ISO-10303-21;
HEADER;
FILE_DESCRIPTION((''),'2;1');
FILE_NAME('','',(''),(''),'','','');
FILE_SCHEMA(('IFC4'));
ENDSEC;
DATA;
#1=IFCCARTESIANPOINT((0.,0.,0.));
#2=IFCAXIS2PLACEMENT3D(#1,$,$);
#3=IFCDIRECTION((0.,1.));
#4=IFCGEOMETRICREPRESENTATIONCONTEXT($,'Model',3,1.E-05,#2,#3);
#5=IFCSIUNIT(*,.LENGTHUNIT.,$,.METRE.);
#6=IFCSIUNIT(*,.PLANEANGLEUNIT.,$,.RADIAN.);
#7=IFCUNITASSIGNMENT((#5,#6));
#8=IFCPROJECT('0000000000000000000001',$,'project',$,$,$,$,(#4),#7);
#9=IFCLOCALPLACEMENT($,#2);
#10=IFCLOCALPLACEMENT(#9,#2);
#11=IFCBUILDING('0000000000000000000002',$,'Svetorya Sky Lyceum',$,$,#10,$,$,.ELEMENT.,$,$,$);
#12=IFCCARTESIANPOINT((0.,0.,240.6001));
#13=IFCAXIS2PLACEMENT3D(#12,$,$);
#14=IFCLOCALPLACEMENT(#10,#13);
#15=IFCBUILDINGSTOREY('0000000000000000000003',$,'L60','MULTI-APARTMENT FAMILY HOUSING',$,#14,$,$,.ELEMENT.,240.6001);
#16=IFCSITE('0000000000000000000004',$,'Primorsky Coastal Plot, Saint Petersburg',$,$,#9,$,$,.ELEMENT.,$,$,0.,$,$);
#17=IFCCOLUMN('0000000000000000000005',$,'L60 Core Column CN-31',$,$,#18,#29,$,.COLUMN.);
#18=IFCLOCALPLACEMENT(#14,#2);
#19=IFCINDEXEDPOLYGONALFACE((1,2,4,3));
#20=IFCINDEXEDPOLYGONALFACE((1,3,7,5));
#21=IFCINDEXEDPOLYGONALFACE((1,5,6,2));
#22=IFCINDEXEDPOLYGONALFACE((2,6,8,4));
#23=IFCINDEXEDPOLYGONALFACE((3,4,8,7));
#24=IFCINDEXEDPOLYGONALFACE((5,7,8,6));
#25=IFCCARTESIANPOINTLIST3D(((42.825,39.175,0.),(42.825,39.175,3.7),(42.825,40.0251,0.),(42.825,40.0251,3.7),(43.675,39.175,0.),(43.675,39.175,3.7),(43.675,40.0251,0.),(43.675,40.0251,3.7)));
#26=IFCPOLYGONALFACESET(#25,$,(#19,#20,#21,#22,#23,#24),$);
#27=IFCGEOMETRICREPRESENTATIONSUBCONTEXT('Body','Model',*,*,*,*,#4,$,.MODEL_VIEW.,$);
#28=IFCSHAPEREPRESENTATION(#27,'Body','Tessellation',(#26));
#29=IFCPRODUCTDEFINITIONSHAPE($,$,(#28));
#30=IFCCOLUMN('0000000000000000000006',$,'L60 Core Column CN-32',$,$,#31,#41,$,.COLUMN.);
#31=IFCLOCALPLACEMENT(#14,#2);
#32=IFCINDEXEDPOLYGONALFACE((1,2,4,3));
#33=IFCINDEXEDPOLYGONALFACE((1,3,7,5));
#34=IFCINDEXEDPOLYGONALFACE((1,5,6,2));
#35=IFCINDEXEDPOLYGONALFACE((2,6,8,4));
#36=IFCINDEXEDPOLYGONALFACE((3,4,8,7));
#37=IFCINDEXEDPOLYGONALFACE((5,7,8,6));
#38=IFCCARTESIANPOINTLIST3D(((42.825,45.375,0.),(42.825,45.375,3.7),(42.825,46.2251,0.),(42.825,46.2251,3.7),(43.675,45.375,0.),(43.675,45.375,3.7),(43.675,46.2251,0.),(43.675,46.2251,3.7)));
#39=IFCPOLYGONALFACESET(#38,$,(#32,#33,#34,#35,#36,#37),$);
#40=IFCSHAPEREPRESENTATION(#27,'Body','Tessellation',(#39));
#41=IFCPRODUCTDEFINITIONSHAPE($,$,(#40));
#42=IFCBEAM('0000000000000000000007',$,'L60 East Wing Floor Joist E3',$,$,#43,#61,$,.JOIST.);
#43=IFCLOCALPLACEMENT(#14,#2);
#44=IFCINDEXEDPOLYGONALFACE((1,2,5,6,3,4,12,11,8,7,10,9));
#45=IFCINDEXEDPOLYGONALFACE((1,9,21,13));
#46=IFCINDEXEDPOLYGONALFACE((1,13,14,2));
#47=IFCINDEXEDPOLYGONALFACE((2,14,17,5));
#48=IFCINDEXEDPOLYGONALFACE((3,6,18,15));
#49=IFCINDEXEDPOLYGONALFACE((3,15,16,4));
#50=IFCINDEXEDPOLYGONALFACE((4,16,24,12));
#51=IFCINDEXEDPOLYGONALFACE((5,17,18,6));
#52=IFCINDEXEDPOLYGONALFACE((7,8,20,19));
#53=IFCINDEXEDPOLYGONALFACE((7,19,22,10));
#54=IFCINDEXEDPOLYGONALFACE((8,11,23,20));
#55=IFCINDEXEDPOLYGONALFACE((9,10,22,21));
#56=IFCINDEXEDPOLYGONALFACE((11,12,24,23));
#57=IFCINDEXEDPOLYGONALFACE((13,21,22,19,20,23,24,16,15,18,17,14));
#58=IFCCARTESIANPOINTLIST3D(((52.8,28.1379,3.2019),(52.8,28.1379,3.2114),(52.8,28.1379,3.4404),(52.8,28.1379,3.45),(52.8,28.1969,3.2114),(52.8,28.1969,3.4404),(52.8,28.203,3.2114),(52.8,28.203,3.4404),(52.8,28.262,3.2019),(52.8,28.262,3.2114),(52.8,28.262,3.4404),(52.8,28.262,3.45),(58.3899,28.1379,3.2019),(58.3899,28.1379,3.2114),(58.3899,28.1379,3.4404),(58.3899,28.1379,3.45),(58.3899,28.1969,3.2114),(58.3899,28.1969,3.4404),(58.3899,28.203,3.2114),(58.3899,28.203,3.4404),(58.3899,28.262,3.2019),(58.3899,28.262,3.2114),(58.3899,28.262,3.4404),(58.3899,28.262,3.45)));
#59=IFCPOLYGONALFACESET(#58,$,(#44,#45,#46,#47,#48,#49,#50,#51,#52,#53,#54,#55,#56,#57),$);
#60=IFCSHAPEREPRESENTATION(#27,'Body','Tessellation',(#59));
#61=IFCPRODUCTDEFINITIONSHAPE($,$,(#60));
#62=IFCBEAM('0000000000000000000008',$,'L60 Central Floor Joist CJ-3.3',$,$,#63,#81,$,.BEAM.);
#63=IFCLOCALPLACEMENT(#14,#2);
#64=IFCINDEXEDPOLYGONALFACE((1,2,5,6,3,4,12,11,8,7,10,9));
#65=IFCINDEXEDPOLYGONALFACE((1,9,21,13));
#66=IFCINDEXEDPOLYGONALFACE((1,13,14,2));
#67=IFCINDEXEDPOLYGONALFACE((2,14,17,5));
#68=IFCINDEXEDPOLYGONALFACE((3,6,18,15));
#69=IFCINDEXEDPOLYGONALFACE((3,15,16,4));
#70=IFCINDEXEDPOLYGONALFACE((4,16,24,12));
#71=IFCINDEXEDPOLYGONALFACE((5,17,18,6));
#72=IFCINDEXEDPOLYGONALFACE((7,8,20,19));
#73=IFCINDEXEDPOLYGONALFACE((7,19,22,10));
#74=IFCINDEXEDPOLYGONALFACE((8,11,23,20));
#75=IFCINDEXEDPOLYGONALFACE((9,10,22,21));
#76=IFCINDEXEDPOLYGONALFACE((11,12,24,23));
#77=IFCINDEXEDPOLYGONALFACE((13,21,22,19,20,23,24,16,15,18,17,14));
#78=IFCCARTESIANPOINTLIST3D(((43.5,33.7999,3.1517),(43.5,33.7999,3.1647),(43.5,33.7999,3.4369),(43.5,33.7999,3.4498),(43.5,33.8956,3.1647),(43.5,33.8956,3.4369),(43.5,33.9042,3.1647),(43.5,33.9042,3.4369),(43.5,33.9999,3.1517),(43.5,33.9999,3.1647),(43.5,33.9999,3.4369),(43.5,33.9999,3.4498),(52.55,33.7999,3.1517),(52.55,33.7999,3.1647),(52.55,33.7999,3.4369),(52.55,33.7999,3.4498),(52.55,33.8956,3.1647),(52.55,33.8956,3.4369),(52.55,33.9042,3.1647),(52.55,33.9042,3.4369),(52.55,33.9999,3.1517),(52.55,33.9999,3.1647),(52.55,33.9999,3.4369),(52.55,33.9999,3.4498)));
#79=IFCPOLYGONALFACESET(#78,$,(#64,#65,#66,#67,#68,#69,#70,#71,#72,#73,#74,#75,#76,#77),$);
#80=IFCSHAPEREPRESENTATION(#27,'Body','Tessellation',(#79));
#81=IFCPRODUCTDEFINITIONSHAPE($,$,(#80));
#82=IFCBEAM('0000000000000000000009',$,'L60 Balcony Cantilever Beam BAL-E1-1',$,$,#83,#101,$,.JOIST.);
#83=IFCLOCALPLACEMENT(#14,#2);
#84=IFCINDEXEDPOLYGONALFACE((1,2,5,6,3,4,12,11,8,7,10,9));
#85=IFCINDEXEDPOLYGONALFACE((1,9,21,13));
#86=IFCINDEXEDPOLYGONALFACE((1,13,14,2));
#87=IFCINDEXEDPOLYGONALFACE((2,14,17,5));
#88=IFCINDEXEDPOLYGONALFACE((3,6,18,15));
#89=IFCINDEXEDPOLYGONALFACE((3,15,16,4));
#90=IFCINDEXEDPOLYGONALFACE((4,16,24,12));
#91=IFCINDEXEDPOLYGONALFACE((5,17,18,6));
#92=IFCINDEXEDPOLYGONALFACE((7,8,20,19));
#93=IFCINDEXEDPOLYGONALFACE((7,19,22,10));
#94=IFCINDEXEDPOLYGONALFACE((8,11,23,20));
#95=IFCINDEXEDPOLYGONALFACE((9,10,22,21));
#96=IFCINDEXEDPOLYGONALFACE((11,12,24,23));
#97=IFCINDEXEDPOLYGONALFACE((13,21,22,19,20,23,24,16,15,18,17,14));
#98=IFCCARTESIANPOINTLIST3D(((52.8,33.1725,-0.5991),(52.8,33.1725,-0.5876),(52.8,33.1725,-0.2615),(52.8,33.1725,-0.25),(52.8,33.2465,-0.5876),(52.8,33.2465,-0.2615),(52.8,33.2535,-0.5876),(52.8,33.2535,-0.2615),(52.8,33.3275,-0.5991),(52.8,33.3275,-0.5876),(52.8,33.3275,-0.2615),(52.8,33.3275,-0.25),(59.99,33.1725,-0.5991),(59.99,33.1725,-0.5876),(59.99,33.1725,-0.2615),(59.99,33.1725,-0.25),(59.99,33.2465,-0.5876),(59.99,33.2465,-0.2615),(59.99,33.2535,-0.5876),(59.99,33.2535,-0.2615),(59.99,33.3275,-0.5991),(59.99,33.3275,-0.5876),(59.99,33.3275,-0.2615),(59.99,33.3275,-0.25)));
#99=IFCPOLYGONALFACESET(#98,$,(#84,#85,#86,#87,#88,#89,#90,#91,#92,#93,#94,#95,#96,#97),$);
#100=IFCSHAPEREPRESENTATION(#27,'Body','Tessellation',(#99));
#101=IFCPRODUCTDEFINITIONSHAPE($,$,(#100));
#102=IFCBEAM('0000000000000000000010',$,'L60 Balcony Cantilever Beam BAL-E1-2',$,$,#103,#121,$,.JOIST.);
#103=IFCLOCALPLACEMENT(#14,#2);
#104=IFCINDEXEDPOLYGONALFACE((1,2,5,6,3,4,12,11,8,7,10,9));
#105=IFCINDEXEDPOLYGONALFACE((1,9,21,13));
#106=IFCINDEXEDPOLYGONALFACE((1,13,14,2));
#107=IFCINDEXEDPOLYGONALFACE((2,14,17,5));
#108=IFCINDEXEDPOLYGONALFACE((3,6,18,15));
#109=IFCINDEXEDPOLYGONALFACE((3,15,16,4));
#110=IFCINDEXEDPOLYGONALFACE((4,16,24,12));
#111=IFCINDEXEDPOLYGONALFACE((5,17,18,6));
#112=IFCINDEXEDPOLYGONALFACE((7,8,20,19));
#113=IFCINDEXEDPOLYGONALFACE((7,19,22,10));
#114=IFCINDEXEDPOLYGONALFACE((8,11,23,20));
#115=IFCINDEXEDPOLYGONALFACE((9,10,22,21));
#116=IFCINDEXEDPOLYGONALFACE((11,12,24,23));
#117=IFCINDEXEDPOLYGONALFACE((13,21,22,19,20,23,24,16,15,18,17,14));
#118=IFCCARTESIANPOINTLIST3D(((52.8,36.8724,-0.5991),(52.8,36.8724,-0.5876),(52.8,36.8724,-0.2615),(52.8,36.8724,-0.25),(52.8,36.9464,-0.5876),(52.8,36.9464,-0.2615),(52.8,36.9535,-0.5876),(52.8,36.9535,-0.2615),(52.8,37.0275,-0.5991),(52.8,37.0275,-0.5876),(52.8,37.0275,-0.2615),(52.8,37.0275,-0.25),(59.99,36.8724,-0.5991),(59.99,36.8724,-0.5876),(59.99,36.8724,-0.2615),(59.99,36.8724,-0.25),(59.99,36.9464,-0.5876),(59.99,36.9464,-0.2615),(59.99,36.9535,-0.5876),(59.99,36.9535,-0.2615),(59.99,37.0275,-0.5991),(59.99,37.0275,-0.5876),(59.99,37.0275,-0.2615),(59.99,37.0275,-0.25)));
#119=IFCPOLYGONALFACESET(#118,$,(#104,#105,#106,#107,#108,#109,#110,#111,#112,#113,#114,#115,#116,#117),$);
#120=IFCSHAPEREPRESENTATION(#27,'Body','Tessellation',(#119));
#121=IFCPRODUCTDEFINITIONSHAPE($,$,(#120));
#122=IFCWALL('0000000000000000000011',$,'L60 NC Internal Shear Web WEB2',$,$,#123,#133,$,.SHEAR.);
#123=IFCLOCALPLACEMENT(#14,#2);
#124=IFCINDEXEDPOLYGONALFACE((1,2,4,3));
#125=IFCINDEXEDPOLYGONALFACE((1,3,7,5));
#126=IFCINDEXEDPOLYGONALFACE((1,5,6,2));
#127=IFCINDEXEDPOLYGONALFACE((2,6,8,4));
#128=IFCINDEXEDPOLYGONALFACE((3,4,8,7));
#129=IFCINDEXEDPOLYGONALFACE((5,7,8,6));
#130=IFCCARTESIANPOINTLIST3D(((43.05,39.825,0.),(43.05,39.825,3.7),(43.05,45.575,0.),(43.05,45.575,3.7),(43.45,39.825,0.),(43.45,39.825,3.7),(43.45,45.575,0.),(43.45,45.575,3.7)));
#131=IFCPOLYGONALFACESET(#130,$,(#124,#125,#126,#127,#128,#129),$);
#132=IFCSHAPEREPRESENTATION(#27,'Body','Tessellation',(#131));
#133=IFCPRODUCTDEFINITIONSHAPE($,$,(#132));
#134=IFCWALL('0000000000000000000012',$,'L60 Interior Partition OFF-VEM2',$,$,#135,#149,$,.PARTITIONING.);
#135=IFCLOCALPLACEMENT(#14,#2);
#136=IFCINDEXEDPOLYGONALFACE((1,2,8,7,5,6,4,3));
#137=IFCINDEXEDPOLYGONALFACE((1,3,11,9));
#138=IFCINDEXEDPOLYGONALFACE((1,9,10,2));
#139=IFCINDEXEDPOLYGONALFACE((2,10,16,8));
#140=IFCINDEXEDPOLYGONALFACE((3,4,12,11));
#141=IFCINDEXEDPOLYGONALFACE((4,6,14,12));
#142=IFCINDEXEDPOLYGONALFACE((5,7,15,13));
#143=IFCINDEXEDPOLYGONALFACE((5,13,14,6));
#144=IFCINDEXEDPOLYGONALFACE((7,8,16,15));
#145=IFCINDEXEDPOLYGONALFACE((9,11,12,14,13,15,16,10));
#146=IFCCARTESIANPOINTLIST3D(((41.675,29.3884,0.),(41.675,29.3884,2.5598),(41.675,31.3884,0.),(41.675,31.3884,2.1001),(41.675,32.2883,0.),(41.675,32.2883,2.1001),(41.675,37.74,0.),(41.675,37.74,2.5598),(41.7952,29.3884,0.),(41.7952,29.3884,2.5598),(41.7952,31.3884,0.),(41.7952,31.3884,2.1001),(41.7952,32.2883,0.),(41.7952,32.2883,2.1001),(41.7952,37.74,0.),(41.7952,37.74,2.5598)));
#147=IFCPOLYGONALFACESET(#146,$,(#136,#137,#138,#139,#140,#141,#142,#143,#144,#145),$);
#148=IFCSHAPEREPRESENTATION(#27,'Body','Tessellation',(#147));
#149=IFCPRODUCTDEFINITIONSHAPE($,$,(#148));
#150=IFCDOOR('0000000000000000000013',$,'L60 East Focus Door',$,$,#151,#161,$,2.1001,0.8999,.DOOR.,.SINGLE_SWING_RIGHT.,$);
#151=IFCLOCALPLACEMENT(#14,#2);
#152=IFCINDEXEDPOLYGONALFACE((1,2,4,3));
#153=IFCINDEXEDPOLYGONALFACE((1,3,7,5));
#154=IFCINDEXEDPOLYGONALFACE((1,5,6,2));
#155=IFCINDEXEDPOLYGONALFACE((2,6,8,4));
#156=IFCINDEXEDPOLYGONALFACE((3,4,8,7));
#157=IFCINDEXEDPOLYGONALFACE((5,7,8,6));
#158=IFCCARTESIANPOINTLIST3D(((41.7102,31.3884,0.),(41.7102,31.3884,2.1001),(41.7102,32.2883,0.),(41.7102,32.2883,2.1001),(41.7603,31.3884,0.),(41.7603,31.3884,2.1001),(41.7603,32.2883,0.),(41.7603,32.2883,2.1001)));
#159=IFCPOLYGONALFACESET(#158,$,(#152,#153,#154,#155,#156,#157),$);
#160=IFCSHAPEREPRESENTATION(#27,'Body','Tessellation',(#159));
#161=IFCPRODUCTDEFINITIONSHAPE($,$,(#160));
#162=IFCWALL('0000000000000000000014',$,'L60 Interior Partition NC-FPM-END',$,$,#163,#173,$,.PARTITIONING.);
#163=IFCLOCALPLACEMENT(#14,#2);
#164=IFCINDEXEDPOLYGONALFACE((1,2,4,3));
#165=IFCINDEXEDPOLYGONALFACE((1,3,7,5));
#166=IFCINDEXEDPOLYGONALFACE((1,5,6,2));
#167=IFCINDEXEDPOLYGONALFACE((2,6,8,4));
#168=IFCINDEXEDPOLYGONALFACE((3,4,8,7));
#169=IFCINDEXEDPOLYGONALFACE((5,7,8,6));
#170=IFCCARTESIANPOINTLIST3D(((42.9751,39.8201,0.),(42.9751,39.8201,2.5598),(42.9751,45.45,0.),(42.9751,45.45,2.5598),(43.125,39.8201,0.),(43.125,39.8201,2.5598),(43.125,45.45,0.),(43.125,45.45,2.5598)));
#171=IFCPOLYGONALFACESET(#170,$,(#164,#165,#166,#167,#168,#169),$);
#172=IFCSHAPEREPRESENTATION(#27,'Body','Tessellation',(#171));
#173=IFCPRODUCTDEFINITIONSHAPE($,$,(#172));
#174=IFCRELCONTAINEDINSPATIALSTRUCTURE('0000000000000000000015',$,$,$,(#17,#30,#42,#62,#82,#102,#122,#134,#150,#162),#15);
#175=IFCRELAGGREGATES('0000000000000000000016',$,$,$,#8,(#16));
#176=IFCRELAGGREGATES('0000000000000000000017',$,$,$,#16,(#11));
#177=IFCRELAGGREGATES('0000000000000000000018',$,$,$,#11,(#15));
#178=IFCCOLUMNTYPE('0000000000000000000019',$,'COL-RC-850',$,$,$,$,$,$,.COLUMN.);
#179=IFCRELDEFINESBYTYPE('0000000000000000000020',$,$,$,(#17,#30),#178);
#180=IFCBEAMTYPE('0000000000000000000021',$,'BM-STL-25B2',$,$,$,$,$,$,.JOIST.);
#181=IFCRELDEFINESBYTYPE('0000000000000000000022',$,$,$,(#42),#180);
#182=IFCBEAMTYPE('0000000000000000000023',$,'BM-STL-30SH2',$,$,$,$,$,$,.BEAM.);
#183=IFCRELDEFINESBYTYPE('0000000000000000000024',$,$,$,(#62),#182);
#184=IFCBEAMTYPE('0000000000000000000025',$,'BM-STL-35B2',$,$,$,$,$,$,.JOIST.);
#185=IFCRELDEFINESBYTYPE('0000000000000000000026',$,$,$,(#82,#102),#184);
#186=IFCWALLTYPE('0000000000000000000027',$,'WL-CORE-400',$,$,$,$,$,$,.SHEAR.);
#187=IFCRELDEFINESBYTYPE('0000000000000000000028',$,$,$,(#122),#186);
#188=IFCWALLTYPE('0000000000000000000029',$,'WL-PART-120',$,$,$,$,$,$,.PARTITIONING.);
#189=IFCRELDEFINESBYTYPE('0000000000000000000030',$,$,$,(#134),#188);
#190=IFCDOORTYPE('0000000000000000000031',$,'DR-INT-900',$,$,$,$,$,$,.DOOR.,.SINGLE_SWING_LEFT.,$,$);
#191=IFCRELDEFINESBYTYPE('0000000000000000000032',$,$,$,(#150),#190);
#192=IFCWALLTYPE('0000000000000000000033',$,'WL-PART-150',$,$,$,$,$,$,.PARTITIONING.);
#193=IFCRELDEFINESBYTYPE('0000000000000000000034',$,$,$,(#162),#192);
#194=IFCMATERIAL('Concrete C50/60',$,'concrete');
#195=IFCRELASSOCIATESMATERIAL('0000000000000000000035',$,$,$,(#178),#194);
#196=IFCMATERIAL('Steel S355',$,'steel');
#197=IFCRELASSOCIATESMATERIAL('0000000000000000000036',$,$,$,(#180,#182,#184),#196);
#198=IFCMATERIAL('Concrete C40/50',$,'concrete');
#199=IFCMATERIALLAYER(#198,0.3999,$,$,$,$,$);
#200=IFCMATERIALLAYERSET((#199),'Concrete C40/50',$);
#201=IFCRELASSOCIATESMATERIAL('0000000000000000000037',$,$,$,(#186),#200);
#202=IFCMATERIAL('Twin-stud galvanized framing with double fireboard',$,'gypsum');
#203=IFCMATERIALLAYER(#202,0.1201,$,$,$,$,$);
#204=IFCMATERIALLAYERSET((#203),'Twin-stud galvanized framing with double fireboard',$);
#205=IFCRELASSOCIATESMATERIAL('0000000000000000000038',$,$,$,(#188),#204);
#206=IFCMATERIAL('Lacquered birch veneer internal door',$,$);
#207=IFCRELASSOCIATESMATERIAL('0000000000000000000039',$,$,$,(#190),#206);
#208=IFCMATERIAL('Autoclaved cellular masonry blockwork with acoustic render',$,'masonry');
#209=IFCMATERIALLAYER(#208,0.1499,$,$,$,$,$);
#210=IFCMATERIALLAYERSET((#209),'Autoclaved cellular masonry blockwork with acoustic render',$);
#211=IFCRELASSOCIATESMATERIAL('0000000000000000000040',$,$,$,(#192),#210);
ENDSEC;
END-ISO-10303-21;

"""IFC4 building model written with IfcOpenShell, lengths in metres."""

from ifc_helpers import new_model, si_unit, direction, frame, frame_2d, origin, origin_2d, place, context, subcontext, project, spatial, rectangle, i_section, extrude, material, layer, layer_set, material_profile, profile_set, type_object, element, fill, save


model = new_model("IFC4")

# Units and contexts
model_context = context("Model", 3, precision=1e-05, world=origin(), true_north=direction((0.0, 1.0)))
body_context = subcontext(model_context, "Body", "Model", "MODEL_VIEW")
ifc_project = project(units=[si_unit("LENGTHUNIT", "METRE"), si_unit("PLANEANGLEUNIT", "RADIAN")], contexts=[model_context])

# Site, building, storey
site_placement = place(None, origin())
site = spatial("IfcSite", under=ifc_project, at=site_placement, Name="Primorsky Coastal Plot, Saint Petersburg", CompositionType="ELEMENT", RefElevation=0.0)
building_placement = place(site_placement, origin())
building = spatial("IfcBuilding", under=site, at=building_placement, Name="Svetorya Sky Lyceum", CompositionType="ELEMENT")
storey_placement = place(building_placement, frame((0.0, 0.0, 240.6001)))
storey = spatial("IfcBuildingStorey", under=building, at=storey_placement, Name="L60", Description="MULTI-APARTMENT FAMILY HOUSING", CompositionType="ELEMENT", Elevation=240.6001)

# Columns
ifc_material_1 = material(Name="Concrete C50/60", Category="concrete")
ifc_material_profile_1 = material_profile(ifc_material_1, rectangle(XDim=0.8501, YDim=0.8501, at=origin_2d()), Name="RC COL 850x850")
ifc_profile_set_1 = profile_set([ifc_material_profile_1], Name="Concrete C50/60")
column_type = type_object("IfcColumnType", Name="COL-RC-850", PredefinedType="COLUMN", material=ifc_profile_set_1)
for number, where, z_axis, x_axis, name in (
    (1, (43.25, 39.6001, 0.0), (0.0, 0.0, 1.0), (1.0, 0.0, 0.0), "L60 Core Column CN-31"),
    (2, (43.25, 45.8, 0.0), (0.0, 0.0, 1.0), (1.0, 0.0, 0.0), "L60 Core Column CN-32"),
):
    element("IfcColumn", number, at=place(storey_placement, frame(where, z_axis=z_axis, x_axis=x_axis)), inside=storey, type_object=column_type, Name=name, PredefinedType="COLUMN", context=body_context, shape_type="SweptSolid", body=[
        extrude(rectangle(XDim=0.8501, YDim=0.8501, at=origin_2d()), origin(), (0.0, 0.0, 1.0), 3.7),
    ])

# Beams
ifc_material_2 = material(Name="Steel S355", Category="steel")
ifc_material_profile_2 = material_profile(ifc_material_2, i_section(OverallWidth=0.124, OverallDepth=0.248, WebThickness=0.0061, FlangeThickness=0.0095, at=origin_2d()), Name="GOST 25B2")
ifc_profile_set_2 = profile_set([ifc_material_profile_2], Name="Steel S355")
beam_type_1 = type_object("IfcBeamType", Name="BM-STL-25B2", PredefinedType="JOIST", material=ifc_profile_set_2)
beam_1_placement = place(storey_placement, frame((52.8, 28.2, 3.3259), z_axis=(1.0, 0.0, 0.0), x_axis=(0.0, 1.0, 0.0)))
element("IfcBeam", 3, at=beam_1_placement, inside=storey, type_object=beam_type_1, Name="L60 East Wing Floor Joist E3", PredefinedType="JOIST", context=body_context, shape_type="SweptSolid", body=[
    extrude(i_section(OverallWidth=0.124, OverallDepth=0.248, WebThickness=0.0061, FlangeThickness=0.0095, at=origin_2d()), origin(), (0.0, 0.0, 1.0), 5.5898),
])
ifc_material_profile_3 = material_profile(ifc_material_2, i_section(OverallWidth=0.2, OverallDepth=0.2981, WebThickness=0.0085, FlangeThickness=0.0129, at=origin_2d()), Name="GOST 30Sh2")
ifc_profile_set_3 = profile_set([ifc_material_profile_3], Name="Steel S355")
beam_type_2 = type_object("IfcBeamType", Name="BM-STL-30SH2", PredefinedType="BEAM", material=ifc_profile_set_3)
beam_2_placement = place(storey_placement, frame((43.5, 33.8999, 3.3008), z_axis=(1.0, 0.0, 0.0), x_axis=(0.0, 1.0, 0.0)))
element("IfcBeam", 4, at=beam_2_placement, inside=storey, type_object=beam_type_2, Name="L60 Central Floor Joist CJ-3.3", PredefinedType="BEAM", context=body_context, shape_type="SweptSolid", body=[
    extrude(i_section(OverallWidth=0.2, OverallDepth=0.2981, WebThickness=0.0085, FlangeThickness=0.0129, at=origin_2d()), origin(), (0.0, 0.0, 1.0), 9.05),
])
ifc_material_profile_4 = material_profile(ifc_material_2, i_section(OverallWidth=0.155, OverallDepth=0.3491, WebThickness=0.0071, FlangeThickness=0.0115, at=origin_2d()), Name="GOST 35B2")
ifc_profile_set_4 = profile_set([ifc_material_profile_4], Name="Steel S355")
beam_type_3 = type_object("IfcBeamType", Name="BM-STL-35B2", PredefinedType="JOIST", material=ifc_profile_set_4)
for number, where, z_axis, x_axis, name in (
    (5, (52.8, 33.25, -0.4246), (1.0, 0.0, 0.0), (0.0, 1.0, 0.0), "L60 Balcony Cantilever Beam BAL-E1-1"),
    (6, (52.8, 36.95, -0.4246), (1.0, 0.0, 0.0), (0.0, 1.0, 0.0), "L60 Balcony Cantilever Beam BAL-E1-2"),
):
    element("IfcBeam", number, at=place(storey_placement, frame(where, z_axis=z_axis, x_axis=x_axis)), inside=storey, type_object=beam_type_3, Name=name, PredefinedType="JOIST", context=body_context, shape_type="SweptSolid", body=[
        extrude(i_section(OverallWidth=0.155, OverallDepth=0.3491, WebThickness=0.0071, FlangeThickness=0.0115, at=origin_2d()), origin(), (0.0, 0.0, 1.0), 7.1899),
    ])

# Wall
ifc_material_3 = material(Name="Concrete C40/50", Category="concrete")
ifc_layer_1 = layer(ifc_material_3, 0.3999)
ifc_layer_set_1 = layer_set([ifc_layer_1], Name="Concrete C40/50")
wall_type_1 = type_object("IfcWallType", Name="WL-CORE-400", PredefinedType="SHEAR", material=ifc_layer_set_1)
wall_1_placement = place(storey_placement, frame((43.25, 39.825, 0.0), z_axis=(0.0, 0.0, 1.0), x_axis=(0.0, 1.0, 0.0)))
element("IfcWall", 7, at=wall_1_placement, inside=storey, type_object=wall_type_1, Name="L60 NC Internal Shear Web WEB2", PredefinedType="SHEAR", context=body_context, shape_type="SweptSolid", body=[
    extrude(rectangle(XDim=5.75, YDim=0.3999, at=frame_2d((2.875, 0.0))), origin(), (0.0, 0.0, 1.0), 3.7),
])

# Wall, opening, door
ifc_material_4 = material(Name="Twin-stud galvanized framing with double fireboard", Category="gypsum")
ifc_layer_2 = layer(ifc_material_4, 0.1201)
ifc_layer_set_2 = layer_set([ifc_layer_2], Name="Twin-stud galvanized framing with double fireboard")
wall_type_2 = type_object("IfcWallType", Name="WL-PART-120", PredefinedType="PARTITIONING", material=ifc_layer_set_2)
wall_2_placement = place(storey_placement, frame((41.7351, 29.3884, 0.0), z_axis=(0.0, 0.0, 1.0), x_axis=(0.0, 1.0, 0.0)))
wall_2 = element("IfcWall", 8, at=wall_2_placement, inside=storey, type_object=wall_type_2, Name="L60 Interior Partition OFF-VEM2", PredefinedType="PARTITIONING", context=body_context, shape_type="SweptSolid", body=[
    extrude(rectangle(XDim=8.3516, YDim=0.1201, at=frame_2d((4.1758, 0.0))), origin(), (0.0, 0.0, 1.0), 2.5598),
])
opening_1_placement = place(wall_2_placement, frame((2.0, 0.0, 0.0)))
opening_1 = element("IfcOpeningElement", 9, at=opening_1_placement, cuts=wall_2, PredefinedType="OPENING", context=body_context, shape_type="SweptSolid", body=[
    extrude(rectangle(XDim=0.8999, YDim=2.1001, at=frame_2d((0.45, 1.05))), frame((0.0, 0.0701, 0.0), z_axis=(0.0, -1.0, 0.0), x_axis=(1.0, 0.0, 0.0)), (0.0, 0.0, 1.0), 0.1401),
])
ifc_material_5 = material(Name="Lacquered birch veneer internal door")
door_type_1 = type_object("IfcDoorType", Name="DR-INT-900", OperationType="SINGLE_SWING_LEFT", PredefinedType="DOOR", material=ifc_material_5)
door_1_placement = place(opening_1_placement, origin())
door_1 = element("IfcDoor", 10, at=door_1_placement, inside=storey, type_object=door_type_1, Name="L60 East Focus Door", OperationType="SINGLE_SWING_RIGHT", OverallHeight=2.1001, OverallWidth=0.8999, PredefinedType="DOOR", context=body_context, shape_type="SweptSolid", body=[
    extrude(rectangle(XDim=0.8999, YDim=2.1001, at=frame_2d((0.45, 1.05))), frame((0.0, 0.0249, 0.0), z_axis=(0.0, -1.0, 0.0), x_axis=(1.0, 0.0, 0.0)), (0.0, 0.0, 1.0), 0.05),
])
fill(opening_1, door_1)

# Wall
ifc_material_6 = material(Name="Autoclaved cellular masonry blockwork with acoustic render", Category="masonry")
ifc_layer_3 = layer(ifc_material_6, 0.1499)
ifc_layer_set_3 = layer_set([ifc_layer_3], Name="Autoclaved cellular masonry blockwork with acoustic render")
wall_type_3 = type_object("IfcWallType", Name="WL-PART-150", PredefinedType="PARTITIONING", material=ifc_layer_set_3)
for number, where, z_axis, x_axis, name in (
    (11, (43.05, 39.8201, 0.0), (0.0, 0.0, 1.0), (0.0, 1.0, 0.0), "L60 Interior Partition NC-FPM-END"),
):
    element("IfcWall", number, at=place(storey_placement, frame(where, z_axis=z_axis, x_axis=x_axis)), inside=storey, type_object=wall_type_3, Name=name, PredefinedType="PARTITIONING", context=body_context, shape_type="SweptSolid", body=[
        extrude(rectangle(XDim=5.6299, YDim=0.1499, at=frame_2d((2.8149, 0.0))), origin(), (0.0, 0.0, 1.0), 2.5598),
    ])

save(model, "model.ifc")
